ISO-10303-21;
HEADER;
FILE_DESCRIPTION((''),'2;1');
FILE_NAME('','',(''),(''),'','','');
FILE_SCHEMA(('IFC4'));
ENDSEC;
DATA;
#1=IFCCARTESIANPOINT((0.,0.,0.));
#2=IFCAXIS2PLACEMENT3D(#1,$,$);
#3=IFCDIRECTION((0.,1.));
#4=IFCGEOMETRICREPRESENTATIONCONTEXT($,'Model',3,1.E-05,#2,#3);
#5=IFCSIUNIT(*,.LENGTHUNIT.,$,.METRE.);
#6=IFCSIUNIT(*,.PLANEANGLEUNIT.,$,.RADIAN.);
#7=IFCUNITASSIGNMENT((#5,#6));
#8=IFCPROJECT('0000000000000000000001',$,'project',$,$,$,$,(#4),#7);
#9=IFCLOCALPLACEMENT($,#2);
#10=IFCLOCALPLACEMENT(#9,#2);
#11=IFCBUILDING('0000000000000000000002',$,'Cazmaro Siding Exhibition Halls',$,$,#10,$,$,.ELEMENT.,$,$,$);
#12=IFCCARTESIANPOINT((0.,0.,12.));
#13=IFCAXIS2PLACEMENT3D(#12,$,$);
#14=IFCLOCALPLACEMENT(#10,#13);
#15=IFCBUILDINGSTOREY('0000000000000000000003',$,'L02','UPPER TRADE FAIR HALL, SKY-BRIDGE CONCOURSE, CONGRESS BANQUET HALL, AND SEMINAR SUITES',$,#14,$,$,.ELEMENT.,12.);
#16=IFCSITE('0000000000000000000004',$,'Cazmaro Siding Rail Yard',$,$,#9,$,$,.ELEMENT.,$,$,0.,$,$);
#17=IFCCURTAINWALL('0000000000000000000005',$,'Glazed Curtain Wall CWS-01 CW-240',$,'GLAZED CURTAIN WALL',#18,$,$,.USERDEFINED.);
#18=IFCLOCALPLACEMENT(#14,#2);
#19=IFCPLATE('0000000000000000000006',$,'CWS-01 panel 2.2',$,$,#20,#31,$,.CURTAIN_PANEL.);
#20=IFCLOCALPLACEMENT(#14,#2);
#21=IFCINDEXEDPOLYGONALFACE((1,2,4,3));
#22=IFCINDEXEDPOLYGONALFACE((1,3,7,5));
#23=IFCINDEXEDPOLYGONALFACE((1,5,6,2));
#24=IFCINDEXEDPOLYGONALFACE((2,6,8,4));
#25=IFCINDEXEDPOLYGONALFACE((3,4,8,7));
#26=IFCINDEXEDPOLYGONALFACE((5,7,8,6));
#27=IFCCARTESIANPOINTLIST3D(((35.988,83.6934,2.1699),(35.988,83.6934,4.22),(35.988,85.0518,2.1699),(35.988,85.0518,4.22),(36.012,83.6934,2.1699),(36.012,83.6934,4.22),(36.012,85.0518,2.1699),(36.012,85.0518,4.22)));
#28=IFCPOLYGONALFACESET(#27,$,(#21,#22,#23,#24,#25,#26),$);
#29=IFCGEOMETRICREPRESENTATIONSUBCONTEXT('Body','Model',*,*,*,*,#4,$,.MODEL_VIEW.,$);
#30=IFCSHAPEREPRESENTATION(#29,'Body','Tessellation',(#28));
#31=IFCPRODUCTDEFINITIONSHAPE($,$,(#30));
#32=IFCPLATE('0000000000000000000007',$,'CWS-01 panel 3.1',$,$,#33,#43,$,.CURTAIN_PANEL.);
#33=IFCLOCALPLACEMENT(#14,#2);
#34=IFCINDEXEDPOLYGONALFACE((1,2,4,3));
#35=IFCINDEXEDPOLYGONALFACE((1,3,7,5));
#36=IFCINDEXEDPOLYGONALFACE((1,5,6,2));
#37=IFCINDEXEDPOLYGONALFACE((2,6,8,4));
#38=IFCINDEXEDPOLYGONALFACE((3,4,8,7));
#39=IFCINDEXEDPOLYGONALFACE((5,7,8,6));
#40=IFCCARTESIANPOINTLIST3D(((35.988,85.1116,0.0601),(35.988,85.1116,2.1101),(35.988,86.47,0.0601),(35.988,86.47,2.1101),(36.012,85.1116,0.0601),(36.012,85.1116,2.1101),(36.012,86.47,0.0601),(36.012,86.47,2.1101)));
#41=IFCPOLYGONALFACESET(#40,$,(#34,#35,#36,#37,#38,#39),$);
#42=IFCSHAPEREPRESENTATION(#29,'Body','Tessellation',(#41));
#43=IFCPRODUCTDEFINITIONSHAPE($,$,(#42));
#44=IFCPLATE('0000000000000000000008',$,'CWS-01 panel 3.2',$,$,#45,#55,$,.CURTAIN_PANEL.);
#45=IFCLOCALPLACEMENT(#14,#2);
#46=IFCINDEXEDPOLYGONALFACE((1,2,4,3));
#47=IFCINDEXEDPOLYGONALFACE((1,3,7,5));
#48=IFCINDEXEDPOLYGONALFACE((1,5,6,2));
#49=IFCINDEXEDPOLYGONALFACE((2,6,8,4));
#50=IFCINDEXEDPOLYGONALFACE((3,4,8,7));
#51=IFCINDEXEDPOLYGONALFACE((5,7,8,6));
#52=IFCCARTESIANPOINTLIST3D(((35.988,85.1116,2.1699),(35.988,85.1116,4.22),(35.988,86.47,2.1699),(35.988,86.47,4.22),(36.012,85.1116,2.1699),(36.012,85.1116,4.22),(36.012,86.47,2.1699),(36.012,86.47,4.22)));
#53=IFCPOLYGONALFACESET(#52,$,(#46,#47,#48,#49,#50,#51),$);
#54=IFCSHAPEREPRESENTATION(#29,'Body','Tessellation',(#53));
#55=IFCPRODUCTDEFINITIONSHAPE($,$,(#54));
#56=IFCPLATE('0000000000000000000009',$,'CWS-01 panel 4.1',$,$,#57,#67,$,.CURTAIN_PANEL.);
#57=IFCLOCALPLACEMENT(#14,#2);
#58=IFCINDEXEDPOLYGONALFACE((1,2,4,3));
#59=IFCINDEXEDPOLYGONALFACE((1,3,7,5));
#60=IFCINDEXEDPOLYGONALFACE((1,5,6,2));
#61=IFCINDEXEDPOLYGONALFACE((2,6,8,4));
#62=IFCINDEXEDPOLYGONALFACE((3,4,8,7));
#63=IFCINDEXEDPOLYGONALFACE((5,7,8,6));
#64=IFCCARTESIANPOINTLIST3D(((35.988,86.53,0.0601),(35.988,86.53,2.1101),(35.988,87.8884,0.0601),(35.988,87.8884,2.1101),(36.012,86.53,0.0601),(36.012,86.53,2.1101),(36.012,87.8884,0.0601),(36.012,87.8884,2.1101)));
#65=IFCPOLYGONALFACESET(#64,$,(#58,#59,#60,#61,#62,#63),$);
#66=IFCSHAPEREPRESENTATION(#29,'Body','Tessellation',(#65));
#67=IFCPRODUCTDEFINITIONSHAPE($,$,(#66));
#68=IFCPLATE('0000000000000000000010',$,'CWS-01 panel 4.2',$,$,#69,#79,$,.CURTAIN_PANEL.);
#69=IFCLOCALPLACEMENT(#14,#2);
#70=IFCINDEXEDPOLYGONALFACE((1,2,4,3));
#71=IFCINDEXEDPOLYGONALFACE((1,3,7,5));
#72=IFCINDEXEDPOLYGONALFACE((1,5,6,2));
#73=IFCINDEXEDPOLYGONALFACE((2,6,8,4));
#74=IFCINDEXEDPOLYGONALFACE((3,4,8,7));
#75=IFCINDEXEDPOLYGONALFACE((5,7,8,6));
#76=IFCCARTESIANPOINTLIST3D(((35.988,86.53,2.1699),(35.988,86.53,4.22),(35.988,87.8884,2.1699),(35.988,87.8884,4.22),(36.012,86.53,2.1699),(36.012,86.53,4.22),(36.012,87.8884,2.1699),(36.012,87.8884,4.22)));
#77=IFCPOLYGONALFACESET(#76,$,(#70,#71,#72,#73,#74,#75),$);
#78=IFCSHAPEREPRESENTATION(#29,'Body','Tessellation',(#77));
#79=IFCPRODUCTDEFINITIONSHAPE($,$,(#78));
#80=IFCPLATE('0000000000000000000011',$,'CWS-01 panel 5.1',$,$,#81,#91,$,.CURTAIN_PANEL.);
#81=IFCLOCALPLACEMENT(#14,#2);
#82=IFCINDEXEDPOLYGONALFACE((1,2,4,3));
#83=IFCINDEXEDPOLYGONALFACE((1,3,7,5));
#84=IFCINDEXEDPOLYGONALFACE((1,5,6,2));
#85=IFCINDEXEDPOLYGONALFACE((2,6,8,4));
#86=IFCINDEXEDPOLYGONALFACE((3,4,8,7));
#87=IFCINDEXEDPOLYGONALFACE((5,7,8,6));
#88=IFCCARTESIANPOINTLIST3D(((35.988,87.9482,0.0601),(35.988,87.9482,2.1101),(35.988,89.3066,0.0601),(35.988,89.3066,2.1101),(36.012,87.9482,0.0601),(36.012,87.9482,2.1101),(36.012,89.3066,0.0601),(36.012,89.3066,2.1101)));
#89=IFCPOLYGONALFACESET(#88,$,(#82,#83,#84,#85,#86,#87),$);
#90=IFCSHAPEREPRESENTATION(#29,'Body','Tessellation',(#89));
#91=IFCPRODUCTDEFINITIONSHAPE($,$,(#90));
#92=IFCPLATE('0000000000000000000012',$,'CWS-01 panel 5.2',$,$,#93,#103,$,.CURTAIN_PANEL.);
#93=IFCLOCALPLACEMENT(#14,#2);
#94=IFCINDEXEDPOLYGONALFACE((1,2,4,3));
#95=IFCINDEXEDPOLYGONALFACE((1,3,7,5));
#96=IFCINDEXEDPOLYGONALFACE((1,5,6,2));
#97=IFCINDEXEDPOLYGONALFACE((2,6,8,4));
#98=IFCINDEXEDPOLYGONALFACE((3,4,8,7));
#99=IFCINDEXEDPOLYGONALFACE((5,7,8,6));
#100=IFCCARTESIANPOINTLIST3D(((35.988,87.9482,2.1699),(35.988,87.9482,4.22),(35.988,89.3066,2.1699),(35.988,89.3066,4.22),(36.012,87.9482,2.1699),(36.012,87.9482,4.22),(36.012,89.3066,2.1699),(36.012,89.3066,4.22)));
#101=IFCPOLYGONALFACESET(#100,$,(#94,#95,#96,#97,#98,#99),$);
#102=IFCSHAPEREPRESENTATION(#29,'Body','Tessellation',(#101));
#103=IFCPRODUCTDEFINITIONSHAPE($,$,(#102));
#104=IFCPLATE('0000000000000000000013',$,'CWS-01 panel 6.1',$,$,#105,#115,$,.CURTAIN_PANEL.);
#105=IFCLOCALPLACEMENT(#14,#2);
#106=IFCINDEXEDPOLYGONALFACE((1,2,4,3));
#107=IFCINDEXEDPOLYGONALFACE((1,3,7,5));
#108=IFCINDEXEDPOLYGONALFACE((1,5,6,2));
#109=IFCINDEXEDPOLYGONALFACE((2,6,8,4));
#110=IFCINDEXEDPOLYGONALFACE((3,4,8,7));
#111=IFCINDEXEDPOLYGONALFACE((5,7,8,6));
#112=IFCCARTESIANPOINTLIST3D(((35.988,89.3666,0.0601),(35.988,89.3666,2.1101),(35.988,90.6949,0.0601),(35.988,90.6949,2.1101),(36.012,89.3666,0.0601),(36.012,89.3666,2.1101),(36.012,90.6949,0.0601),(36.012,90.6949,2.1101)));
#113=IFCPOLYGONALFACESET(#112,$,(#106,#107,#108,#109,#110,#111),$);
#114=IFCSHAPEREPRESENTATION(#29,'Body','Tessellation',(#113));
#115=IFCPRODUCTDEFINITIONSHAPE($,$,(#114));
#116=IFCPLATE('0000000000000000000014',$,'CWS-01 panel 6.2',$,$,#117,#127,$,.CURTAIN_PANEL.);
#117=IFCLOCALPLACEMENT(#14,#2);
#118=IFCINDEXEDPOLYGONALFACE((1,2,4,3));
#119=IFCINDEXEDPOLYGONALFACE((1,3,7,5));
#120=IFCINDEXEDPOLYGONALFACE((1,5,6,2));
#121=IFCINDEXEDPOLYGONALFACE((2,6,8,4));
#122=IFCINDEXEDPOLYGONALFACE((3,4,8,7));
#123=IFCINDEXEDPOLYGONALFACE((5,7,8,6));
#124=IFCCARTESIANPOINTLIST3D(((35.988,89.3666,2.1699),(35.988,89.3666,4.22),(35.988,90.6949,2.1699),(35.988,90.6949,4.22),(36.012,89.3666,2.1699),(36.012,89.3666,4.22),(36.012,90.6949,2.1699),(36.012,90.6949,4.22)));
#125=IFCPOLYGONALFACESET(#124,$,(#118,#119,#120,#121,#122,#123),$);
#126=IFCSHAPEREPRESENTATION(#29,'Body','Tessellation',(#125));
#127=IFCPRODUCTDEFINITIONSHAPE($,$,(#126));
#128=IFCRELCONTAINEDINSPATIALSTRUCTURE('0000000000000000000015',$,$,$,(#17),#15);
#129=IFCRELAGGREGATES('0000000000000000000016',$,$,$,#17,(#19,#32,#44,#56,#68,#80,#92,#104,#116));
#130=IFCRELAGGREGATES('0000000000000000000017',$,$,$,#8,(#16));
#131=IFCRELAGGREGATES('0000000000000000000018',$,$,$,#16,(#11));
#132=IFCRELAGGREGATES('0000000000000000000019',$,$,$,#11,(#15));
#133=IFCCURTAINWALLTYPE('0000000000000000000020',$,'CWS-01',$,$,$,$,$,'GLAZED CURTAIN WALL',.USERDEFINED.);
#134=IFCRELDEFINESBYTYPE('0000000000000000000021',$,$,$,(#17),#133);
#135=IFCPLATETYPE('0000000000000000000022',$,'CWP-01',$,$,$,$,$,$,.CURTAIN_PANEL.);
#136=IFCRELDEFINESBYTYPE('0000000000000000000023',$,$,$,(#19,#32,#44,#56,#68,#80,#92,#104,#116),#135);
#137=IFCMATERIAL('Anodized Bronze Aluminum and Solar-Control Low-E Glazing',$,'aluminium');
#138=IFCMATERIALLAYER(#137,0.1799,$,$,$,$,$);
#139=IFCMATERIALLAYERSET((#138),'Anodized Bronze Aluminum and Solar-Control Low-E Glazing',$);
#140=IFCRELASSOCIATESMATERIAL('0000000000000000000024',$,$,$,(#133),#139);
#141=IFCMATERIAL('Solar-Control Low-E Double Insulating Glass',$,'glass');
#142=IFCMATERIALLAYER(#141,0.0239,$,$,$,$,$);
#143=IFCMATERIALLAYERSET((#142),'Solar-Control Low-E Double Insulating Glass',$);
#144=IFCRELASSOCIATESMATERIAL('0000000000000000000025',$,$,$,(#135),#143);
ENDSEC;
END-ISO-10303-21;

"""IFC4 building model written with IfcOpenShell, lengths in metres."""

from ifc_helpers import new_model, si_unit, direction, frame, origin, origin_2d, place, context, subcontext, project, spatial, rectangle, extrude, material, layer, layer_set, type_object, element, aggregate, save


model = new_model("IFC4")

# Units and contexts
model_context = context("Model", 3, precision=1e-05, world=origin(), true_north=direction((0.0, 1.0)))
body_context = subcontext(model_context, "Body", "Model", "MODEL_VIEW")
ifc_project = project(units=[si_unit("LENGTHUNIT", "METRE"), si_unit("PLANEANGLEUNIT", "RADIAN")], contexts=[model_context])

# Site, building, storey
site_placement = place(None, origin())
site = spatial("IfcSite", under=ifc_project, at=site_placement, Name="Cazmaro Siding Rail Yard", CompositionType="ELEMENT", RefElevation=0.0)
building_placement = place(site_placement, origin())
building = spatial("IfcBuilding", under=site, at=building_placement, Name="Cazmaro Siding Exhibition Halls", CompositionType="ELEMENT")
storey_placement = place(building_placement, frame((0.0, 0.0, 12.0)))
storey = spatial("IfcBuildingStorey", under=building, at=storey_placement, Name="L02", Description="UPPER TRADE FAIR HALL, SKY-BRIDGE CONCOURSE, CONGRESS BANQUET HALL, AND SEMINAR SUITES", CompositionType="ELEMENT", Elevation=12.0)

# Curtain wall, plates
ifc_material_1 = material(Name="Anodized Bronze Aluminum and Solar-Control Low-E Glazing", Category="aluminium")
ifc_layer_1 = layer(ifc_material_1, 0.1799)
ifc_layer_set_1 = layer_set([ifc_layer_1], Name="Anodized Bronze Aluminum and Solar-Control Low-E Glazing")
curtain_wall_type = type_object("IfcCurtainWallType", Name="CWS-01", ElementType="GLAZED CURTAIN WALL", PredefinedType="USERDEFINED", material=ifc_layer_set_1)
curtain_wall_placement = place(storey_placement, origin())
curtain_wall = element("IfcCurtainWall", 1, at=curtain_wall_placement, inside=storey, type_object=curtain_wall_type, Name="Glazed Curtain Wall CWS-01 CW-240", ObjectType="GLAZED CURTAIN WALL", PredefinedType="USERDEFINED")
ifc_material_2 = material(Name="Solar-Control Low-E Double Insulating Glass", Category="glass")
ifc_layer_2 = layer(ifc_material_2, 0.0239)
ifc_layer_set_2 = layer_set([ifc_layer_2], Name="Solar-Control Low-E Double Insulating Glass")
plate_type = type_object("IfcPlateType", Name="CWP-01", PredefinedType="CURTAIN_PANEL", material=ifc_layer_set_2)
plate_1_placement = place(storey_placement, frame((36.0, 84.3726, 2.1699), z_axis=(0.0, 0.0, 1.0), x_axis=(0.0, 1.0, 0.0)))
plate_1 = element("IfcPlate", 2, at=plate_1_placement, type_object=plate_type, Name="CWS-01 panel 2.2", PredefinedType="CURTAIN_PANEL", context=body_context, shape_type="SweptSolid", body=[
    extrude(rectangle(XDim=1.3584, YDim=0.0239, at=origin_2d()), origin(), (0.0, 0.0, 1.0), 2.05),
])
plate_2_placement = place(storey_placement, frame((36.0, 85.7908, 0.0601), z_axis=(0.0, 0.0, 1.0), x_axis=(0.0, 1.0, 0.0)))
plate_2 = element("IfcPlate", 3, at=plate_2_placement, type_object=plate_type, Name="CWS-01 panel 3.1", PredefinedType="CURTAIN_PANEL", context=body_context, shape_type="SweptSolid", body=[
    extrude(rectangle(XDim=1.3584, YDim=0.0239, at=origin_2d()), origin(), (0.0, 0.0, 1.0), 2.05),
])
plate_3_placement = place(storey_placement, frame((36.0, 85.7908, 2.1699), z_axis=(0.0, 0.0, 1.0), x_axis=(0.0, 1.0, 0.0)))
plate_3 = element("IfcPlate", 4, at=plate_3_placement, type_object=plate_type, Name="CWS-01 panel 3.2", PredefinedType="CURTAIN_PANEL", context=body_context, shape_type="SweptSolid", body=[
    extrude(rectangle(XDim=1.3584, YDim=0.0239, at=origin_2d()), origin(), (0.0, 0.0, 1.0), 2.05),
])
plate_4_placement = place(storey_placement, frame((36.0, 87.2092, 0.0601), z_axis=(0.0, 0.0, 1.0), x_axis=(0.0, 1.0, 0.0)))
plate_4 = element("IfcPlate", 5, at=plate_4_placement, type_object=plate_type, Name="CWS-01 panel 4.1", PredefinedType="CURTAIN_PANEL", context=body_context, shape_type="SweptSolid", body=[
    extrude(rectangle(XDim=1.3584, YDim=0.0239, at=origin_2d()), origin(), (0.0, 0.0, 1.0), 2.05),
])
plate_5_placement = place(storey_placement, frame((36.0, 87.2092, 2.1699), z_axis=(0.0, 0.0, 1.0), x_axis=(0.0, 1.0, 0.0)))
plate_5 = element("IfcPlate", 6, at=plate_5_placement, type_object=plate_type, Name="CWS-01 panel 4.2", PredefinedType="CURTAIN_PANEL", context=body_context, shape_type="SweptSolid", body=[
    extrude(rectangle(XDim=1.3584, YDim=0.0239, at=origin_2d()), origin(), (0.0, 0.0, 1.0), 2.05),
])
plate_6_placement = place(storey_placement, frame((36.0, 88.6274, 0.0601), z_axis=(0.0, 0.0, 1.0), x_axis=(0.0, 1.0, 0.0)))
plate_6 = element("IfcPlate", 7, at=plate_6_placement, type_object=plate_type, Name="CWS-01 panel 5.1", PredefinedType="CURTAIN_PANEL", context=body_context, shape_type="SweptSolid", body=[
    extrude(rectangle(XDim=1.3584, YDim=0.0239, at=origin_2d()), origin(), (0.0, 0.0, 1.0), 2.05),
])
plate_7_placement = place(storey_placement, frame((36.0, 88.6274, 2.1699), z_axis=(0.0, 0.0, 1.0), x_axis=(0.0, 1.0, 0.0)))
plate_7 = element("IfcPlate", 8, at=plate_7_placement, type_object=plate_type, Name="CWS-01 panel 5.2", PredefinedType="CURTAIN_PANEL", context=body_context, shape_type="SweptSolid", body=[
    extrude(rectangle(XDim=1.3584, YDim=0.0239, at=origin_2d()), origin(), (0.0, 0.0, 1.0), 2.05),
])
plate_8_placement = place(storey_placement, frame((36.0, 90.0308, 0.0601), z_axis=(0.0, 0.0, 1.0), x_axis=(0.0, 1.0, 0.0)))
plate_8 = element("IfcPlate", 9, at=plate_8_placement, type_object=plate_type, Name="CWS-01 panel 6.1", PredefinedType="CURTAIN_PANEL", context=body_context, shape_type="SweptSolid", body=[
    extrude(rectangle(XDim=1.3284, YDim=0.0239, at=origin_2d()), origin(), (0.0, 0.0, 1.0), 2.05),
])
plate_9_placement = place(storey_placement, frame((36.0, 90.0308, 2.1699), z_axis=(0.0, 0.0, 1.0), x_axis=(0.0, 1.0, 0.0)))
plate_9 = element("IfcPlate", 10, at=plate_9_placement, type_object=plate_type, Name="CWS-01 panel 6.2", PredefinedType="CURTAIN_PANEL", context=body_context, shape_type="SweptSolid", body=[
    extrude(rectangle(XDim=1.3284, YDim=0.0239, at=origin_2d()), origin(), (0.0, 0.0, 1.0), 2.05),
])
aggregate(curtain_wall, [plate_1, plate_2, plate_3, plate_4, plate_5, plate_6, plate_7, plate_8, plate_9])

save(model, "model.ifc")
